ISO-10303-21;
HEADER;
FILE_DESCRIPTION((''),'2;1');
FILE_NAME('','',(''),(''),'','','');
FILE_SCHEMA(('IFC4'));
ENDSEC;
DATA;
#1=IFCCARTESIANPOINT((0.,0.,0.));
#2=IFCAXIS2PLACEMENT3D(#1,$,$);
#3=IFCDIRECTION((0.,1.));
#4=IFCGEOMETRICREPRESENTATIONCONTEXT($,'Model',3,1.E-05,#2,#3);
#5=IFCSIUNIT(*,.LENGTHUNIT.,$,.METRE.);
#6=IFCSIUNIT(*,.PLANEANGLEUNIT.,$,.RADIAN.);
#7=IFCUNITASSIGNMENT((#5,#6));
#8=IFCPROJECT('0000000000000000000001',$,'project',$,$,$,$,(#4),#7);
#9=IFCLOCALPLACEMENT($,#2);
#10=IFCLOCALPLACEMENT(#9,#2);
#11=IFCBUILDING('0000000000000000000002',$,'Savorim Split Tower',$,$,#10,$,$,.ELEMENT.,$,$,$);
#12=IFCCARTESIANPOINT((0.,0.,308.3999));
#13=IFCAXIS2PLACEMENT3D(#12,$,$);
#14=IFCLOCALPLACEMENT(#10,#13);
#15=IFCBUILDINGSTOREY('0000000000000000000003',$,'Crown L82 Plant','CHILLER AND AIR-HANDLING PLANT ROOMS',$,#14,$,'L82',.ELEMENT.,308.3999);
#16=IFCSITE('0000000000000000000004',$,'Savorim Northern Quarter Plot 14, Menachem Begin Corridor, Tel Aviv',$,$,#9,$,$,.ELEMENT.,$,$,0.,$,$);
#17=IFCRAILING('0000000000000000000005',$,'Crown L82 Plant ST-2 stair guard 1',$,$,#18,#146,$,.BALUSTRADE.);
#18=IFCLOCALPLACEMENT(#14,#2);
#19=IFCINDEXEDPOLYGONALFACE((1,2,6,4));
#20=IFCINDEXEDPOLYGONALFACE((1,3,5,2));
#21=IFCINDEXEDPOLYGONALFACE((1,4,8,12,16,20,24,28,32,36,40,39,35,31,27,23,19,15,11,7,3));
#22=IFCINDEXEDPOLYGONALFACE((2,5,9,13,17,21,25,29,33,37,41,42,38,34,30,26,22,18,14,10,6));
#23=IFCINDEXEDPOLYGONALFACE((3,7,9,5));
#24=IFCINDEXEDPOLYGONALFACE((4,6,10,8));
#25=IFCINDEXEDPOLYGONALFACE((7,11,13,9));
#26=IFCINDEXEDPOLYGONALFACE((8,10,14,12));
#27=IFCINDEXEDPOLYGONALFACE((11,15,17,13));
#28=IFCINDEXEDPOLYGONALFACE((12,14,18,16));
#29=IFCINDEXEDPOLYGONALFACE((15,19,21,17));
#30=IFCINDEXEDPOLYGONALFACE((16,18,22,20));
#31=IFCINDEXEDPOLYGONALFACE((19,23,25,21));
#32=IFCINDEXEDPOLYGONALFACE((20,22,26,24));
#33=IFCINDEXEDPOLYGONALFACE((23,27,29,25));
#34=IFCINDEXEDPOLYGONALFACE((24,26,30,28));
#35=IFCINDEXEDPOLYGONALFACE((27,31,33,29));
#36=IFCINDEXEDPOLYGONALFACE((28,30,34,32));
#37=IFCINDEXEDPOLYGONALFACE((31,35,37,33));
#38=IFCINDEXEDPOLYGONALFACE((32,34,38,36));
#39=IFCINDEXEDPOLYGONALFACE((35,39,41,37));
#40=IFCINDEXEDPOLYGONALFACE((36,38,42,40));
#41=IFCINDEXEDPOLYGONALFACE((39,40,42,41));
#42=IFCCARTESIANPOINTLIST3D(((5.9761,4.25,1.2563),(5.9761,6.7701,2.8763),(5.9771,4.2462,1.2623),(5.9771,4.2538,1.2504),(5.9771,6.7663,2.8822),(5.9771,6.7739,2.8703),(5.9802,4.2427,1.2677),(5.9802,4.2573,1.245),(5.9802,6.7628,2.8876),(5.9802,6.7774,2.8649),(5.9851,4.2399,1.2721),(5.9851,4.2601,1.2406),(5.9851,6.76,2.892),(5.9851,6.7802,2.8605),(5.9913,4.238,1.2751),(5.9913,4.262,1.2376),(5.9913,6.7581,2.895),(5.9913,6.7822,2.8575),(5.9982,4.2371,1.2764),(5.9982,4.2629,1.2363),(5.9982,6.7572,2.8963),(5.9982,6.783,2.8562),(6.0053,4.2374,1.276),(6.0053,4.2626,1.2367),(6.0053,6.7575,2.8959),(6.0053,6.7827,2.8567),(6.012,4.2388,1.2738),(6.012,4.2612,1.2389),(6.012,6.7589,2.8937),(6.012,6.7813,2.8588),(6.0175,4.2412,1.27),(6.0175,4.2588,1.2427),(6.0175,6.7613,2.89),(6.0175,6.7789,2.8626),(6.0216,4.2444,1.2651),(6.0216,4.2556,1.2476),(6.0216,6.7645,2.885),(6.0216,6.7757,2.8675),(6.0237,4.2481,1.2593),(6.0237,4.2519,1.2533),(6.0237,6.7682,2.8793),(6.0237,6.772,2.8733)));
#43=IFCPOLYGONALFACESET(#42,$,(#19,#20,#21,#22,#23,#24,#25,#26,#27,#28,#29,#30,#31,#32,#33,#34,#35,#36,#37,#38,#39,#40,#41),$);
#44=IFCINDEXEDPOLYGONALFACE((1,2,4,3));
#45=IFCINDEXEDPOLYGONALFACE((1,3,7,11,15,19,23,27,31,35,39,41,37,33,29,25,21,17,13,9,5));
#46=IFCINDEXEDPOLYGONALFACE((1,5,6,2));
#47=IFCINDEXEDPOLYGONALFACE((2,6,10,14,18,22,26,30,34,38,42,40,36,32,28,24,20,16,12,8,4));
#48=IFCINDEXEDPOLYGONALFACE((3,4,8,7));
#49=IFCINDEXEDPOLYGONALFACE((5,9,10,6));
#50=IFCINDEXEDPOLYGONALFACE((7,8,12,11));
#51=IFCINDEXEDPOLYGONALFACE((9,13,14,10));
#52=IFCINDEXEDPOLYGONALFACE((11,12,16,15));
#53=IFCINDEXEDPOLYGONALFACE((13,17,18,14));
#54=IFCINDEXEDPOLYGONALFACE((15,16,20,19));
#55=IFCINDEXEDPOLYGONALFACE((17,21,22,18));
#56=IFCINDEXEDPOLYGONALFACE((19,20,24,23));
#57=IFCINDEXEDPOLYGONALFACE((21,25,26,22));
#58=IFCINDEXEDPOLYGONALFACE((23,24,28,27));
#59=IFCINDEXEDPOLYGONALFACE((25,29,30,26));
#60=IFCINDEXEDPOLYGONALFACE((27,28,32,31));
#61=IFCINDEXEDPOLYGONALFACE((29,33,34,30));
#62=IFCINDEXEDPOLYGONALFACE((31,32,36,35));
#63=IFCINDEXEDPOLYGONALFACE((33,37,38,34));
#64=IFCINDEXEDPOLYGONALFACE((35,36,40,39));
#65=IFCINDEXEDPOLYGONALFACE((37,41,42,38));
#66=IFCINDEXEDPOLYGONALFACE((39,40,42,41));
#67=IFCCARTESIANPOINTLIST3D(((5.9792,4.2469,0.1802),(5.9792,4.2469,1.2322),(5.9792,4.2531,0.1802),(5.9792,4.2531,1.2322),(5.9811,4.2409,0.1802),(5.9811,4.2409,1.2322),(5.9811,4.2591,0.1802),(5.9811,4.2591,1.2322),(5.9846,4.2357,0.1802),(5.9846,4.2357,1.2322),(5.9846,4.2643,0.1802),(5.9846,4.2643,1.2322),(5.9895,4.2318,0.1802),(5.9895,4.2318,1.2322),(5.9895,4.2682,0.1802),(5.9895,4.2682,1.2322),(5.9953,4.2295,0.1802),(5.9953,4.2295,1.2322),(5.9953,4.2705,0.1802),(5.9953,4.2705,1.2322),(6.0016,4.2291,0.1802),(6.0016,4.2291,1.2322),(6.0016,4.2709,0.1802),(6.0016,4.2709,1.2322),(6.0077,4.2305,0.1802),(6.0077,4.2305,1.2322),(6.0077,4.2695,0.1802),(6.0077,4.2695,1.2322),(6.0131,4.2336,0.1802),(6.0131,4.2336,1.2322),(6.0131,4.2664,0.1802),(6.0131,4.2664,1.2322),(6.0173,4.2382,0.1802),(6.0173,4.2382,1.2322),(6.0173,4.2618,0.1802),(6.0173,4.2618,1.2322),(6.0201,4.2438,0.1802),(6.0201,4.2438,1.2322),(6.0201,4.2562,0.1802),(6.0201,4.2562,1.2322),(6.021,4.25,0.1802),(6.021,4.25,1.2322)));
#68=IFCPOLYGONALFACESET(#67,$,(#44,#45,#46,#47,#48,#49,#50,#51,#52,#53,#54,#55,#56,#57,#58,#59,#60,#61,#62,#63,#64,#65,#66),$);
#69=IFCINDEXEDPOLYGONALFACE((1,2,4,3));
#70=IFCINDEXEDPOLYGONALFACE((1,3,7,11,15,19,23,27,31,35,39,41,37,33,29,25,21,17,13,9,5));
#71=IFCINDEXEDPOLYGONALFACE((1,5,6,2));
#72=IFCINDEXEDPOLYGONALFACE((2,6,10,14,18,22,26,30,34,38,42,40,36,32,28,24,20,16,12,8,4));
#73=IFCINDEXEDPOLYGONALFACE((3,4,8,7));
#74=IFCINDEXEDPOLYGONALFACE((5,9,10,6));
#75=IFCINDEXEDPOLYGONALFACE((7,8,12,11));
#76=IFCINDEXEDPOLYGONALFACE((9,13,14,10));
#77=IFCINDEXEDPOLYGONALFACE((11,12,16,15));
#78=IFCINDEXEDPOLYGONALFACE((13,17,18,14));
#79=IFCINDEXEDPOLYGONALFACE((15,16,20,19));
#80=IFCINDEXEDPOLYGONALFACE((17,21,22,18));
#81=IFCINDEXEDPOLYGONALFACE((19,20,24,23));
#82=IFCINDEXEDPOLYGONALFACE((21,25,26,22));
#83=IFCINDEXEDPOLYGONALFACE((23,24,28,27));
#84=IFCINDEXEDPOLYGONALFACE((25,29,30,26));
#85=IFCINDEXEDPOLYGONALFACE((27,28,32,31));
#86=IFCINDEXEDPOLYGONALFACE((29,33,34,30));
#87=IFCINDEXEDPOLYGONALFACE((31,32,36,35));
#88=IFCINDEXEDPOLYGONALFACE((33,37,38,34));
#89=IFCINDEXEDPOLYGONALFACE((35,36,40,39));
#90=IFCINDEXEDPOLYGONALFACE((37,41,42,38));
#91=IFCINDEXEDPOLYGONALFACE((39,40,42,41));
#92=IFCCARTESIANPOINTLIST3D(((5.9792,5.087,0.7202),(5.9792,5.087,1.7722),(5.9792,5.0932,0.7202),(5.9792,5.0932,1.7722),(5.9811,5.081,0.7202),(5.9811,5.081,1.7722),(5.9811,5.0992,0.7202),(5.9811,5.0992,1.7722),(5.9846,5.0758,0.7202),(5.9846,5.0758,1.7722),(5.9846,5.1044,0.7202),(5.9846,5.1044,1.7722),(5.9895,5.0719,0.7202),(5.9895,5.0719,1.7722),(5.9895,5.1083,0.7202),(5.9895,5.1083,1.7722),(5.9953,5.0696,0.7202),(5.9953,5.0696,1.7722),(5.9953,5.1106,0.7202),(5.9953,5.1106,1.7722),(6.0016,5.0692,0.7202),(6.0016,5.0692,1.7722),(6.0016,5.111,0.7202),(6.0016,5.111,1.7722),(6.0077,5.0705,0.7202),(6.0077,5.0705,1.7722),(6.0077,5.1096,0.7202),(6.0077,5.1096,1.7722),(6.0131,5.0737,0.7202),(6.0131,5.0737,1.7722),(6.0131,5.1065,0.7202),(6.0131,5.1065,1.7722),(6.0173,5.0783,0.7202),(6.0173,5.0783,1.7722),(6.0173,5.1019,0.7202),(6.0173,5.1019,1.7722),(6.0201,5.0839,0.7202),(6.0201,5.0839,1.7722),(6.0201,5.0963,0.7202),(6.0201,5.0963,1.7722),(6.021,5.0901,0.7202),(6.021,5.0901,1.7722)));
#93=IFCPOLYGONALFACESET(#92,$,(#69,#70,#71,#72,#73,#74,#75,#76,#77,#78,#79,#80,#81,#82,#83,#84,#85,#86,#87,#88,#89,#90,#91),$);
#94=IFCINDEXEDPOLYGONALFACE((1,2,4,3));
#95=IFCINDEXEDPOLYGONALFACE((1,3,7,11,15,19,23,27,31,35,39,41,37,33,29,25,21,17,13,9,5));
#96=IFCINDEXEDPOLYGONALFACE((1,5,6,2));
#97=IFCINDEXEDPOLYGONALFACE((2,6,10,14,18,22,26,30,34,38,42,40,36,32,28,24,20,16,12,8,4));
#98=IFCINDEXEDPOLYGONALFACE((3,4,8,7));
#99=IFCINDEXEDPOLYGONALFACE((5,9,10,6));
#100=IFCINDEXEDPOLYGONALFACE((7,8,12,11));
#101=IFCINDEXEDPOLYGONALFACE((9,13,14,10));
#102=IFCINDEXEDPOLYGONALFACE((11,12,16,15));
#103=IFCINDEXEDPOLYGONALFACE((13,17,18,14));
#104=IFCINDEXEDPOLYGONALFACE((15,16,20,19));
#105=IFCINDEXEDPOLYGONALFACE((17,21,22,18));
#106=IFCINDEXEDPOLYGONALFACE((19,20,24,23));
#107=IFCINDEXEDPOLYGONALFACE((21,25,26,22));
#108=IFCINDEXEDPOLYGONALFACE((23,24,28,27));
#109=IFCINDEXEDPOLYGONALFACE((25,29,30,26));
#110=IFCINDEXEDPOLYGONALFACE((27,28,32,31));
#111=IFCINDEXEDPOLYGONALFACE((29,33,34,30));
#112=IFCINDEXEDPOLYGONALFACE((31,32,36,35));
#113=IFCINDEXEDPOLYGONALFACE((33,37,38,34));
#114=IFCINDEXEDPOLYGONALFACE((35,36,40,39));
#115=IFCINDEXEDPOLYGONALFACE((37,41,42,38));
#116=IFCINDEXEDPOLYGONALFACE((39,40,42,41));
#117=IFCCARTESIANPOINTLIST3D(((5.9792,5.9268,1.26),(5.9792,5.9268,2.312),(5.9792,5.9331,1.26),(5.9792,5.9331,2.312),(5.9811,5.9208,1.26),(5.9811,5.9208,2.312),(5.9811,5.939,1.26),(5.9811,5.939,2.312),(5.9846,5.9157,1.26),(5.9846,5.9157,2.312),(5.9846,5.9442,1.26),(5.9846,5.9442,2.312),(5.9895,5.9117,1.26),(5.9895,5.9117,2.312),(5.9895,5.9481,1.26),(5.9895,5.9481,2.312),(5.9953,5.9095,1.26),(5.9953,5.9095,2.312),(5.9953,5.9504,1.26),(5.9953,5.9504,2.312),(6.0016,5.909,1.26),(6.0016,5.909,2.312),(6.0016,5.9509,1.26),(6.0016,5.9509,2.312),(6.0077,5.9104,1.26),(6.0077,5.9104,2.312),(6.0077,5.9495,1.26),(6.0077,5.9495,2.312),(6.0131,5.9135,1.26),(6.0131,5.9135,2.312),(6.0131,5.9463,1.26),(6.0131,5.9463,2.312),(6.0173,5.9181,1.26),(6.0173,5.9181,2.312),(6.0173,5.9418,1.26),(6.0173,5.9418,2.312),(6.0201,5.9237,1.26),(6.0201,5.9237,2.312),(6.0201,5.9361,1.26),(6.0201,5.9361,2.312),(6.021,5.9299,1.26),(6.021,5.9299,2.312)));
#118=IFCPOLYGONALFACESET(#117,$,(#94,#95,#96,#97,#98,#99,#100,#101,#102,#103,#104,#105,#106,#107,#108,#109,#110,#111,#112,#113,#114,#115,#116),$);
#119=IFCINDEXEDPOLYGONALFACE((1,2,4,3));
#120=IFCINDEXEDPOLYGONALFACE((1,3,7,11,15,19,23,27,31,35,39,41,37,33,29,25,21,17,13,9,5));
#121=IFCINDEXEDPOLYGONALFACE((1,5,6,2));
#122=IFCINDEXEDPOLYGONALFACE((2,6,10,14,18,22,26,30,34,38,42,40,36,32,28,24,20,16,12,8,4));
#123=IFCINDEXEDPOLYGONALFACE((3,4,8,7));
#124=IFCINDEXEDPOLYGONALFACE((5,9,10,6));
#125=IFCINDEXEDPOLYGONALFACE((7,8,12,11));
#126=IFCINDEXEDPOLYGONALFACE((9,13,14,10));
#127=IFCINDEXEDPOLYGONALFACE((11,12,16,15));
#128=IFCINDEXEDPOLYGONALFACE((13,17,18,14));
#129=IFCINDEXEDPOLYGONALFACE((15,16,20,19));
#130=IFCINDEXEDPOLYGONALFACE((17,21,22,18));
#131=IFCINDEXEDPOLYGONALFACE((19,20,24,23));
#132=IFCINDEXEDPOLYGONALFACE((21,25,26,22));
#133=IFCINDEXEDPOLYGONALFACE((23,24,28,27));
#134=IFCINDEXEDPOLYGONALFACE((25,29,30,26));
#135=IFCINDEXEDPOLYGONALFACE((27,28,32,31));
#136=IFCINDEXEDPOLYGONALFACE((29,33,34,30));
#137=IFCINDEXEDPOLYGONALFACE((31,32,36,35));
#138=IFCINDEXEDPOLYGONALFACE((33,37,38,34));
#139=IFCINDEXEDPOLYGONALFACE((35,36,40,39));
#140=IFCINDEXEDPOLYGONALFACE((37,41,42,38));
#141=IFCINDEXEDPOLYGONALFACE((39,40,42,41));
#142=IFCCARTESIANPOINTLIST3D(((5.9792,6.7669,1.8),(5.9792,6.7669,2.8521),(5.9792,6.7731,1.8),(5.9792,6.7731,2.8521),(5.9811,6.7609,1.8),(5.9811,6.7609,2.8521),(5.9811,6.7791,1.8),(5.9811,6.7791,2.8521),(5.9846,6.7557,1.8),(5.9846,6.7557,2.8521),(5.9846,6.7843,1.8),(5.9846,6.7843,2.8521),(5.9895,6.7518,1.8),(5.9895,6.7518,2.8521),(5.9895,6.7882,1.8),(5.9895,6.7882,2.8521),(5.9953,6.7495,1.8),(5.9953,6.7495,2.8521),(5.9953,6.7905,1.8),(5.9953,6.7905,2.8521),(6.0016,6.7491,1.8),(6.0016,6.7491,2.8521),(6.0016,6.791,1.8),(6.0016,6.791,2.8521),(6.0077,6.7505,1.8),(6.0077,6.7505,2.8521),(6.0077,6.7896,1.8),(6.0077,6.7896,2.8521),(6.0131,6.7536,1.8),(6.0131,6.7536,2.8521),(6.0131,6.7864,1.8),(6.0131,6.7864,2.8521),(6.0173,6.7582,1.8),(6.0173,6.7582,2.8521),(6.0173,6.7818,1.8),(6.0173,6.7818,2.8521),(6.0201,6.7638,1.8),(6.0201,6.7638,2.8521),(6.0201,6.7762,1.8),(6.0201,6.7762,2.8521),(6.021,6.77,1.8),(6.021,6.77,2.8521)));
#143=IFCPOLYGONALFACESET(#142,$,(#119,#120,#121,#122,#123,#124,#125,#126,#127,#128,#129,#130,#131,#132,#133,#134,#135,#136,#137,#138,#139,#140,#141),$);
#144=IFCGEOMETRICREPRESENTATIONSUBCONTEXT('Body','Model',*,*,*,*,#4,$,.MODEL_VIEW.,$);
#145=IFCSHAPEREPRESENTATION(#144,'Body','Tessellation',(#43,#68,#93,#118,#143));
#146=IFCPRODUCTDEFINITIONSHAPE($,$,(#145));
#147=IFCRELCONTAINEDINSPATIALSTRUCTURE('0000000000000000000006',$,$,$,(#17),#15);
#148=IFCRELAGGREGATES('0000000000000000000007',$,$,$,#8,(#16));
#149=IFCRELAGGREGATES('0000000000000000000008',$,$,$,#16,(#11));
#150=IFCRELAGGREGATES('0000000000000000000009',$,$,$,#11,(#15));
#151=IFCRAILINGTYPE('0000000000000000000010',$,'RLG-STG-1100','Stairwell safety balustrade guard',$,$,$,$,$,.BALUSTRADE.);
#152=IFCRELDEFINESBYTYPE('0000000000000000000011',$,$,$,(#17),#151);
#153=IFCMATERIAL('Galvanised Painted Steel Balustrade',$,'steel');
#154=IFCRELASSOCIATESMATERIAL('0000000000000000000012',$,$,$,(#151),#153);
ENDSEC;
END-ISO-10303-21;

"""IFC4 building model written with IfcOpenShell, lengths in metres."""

from ifc_helpers import new_model, si_unit, direction, frame, origin, origin_2d, place, context, subcontext, project, spatial, circle, extrude, material, type_object, element, save


model = new_model("IFC4")

# Units and contexts
model_context = context("Model", 3, precision=1e-05, world=origin(), true_north=direction((0.0, 1.0)))
body_context = subcontext(model_context, "Body", "Model", "MODEL_VIEW")
ifc_project = project(units=[si_unit("LENGTHUNIT", "METRE"), si_unit("PLANEANGLEUNIT", "RADIAN")], contexts=[model_context])

# Site, building, storey
site_placement = place(None, origin())
site = spatial("IfcSite", under=ifc_project, at=site_placement, Name="Savorim Northern Quarter Plot 14, Menachem Begin Corridor, Tel Aviv", CompositionType="ELEMENT", RefElevation=0.0)
building_placement = place(site_placement, origin())
building = spatial("IfcBuilding", under=site, at=building_placement, Name="Savorim Split Tower", CompositionType="ELEMENT")
storey_placement = place(building_placement, frame((0.0, 0.0, 308.3999)))
storey = spatial("IfcBuildingStorey", under=building, at=storey_placement, Name="Crown L82 Plant", Description="CHILLER AND AIR-HANDLING PLANT ROOMS", LongName="L82", CompositionType="ELEMENT", Elevation=308.3999)

# Railing
ifc_material_1 = material(Name="Galvanised Painted Steel Balustrade", Category="steel")
railing_type_1 = type_object("IfcRailingType", Name="RLG-STG-1100", Description="Stairwell safety balustrade guard", PredefinedType="BALUSTRADE", material=ifc_material_1)
railing_1_placement = place(storey_placement, frame((6.0, 4.25, 0.1802)))
element("IfcRailing", 1, at=railing_1_placement, inside=storey, type_object=railing_type_1, Name="Crown L82 Plant ST-2 stair guard 1", PredefinedType="BALUSTRADE", context=body_context, shape_type="SweptSolid", body=[
    extrude(circle(Radius=0.0239, at=origin_2d()), frame((0.0, 0.0, 1.0762), z_axis=(0.0, 0.8412, 0.540725), x_axis=(-1.0, 0.0, 0.0)), (0.0, 0.0, 1.0), 2.9958),
    extrude(circle(Radius=0.021, at=origin_2d()), origin(), (0.0, 0.0, 1.0), 1.052),
    extrude(circle(Radius=0.021, at=origin_2d()), frame((0.0, 0.8401, 0.54)), (0.0, 0.0, 1.0), 1.052),
    extrude(circle(Radius=0.021, at=origin_2d()), frame((0.0, 1.6799, 1.0798)), (0.0, 0.0, 1.0), 1.052),
    extrude(circle(Radius=0.021, at=origin_2d()), frame((0.0, 2.52, 1.6199)), (0.0, 0.0, 1.0), 1.052),
])

save(model, "model.ifc")
